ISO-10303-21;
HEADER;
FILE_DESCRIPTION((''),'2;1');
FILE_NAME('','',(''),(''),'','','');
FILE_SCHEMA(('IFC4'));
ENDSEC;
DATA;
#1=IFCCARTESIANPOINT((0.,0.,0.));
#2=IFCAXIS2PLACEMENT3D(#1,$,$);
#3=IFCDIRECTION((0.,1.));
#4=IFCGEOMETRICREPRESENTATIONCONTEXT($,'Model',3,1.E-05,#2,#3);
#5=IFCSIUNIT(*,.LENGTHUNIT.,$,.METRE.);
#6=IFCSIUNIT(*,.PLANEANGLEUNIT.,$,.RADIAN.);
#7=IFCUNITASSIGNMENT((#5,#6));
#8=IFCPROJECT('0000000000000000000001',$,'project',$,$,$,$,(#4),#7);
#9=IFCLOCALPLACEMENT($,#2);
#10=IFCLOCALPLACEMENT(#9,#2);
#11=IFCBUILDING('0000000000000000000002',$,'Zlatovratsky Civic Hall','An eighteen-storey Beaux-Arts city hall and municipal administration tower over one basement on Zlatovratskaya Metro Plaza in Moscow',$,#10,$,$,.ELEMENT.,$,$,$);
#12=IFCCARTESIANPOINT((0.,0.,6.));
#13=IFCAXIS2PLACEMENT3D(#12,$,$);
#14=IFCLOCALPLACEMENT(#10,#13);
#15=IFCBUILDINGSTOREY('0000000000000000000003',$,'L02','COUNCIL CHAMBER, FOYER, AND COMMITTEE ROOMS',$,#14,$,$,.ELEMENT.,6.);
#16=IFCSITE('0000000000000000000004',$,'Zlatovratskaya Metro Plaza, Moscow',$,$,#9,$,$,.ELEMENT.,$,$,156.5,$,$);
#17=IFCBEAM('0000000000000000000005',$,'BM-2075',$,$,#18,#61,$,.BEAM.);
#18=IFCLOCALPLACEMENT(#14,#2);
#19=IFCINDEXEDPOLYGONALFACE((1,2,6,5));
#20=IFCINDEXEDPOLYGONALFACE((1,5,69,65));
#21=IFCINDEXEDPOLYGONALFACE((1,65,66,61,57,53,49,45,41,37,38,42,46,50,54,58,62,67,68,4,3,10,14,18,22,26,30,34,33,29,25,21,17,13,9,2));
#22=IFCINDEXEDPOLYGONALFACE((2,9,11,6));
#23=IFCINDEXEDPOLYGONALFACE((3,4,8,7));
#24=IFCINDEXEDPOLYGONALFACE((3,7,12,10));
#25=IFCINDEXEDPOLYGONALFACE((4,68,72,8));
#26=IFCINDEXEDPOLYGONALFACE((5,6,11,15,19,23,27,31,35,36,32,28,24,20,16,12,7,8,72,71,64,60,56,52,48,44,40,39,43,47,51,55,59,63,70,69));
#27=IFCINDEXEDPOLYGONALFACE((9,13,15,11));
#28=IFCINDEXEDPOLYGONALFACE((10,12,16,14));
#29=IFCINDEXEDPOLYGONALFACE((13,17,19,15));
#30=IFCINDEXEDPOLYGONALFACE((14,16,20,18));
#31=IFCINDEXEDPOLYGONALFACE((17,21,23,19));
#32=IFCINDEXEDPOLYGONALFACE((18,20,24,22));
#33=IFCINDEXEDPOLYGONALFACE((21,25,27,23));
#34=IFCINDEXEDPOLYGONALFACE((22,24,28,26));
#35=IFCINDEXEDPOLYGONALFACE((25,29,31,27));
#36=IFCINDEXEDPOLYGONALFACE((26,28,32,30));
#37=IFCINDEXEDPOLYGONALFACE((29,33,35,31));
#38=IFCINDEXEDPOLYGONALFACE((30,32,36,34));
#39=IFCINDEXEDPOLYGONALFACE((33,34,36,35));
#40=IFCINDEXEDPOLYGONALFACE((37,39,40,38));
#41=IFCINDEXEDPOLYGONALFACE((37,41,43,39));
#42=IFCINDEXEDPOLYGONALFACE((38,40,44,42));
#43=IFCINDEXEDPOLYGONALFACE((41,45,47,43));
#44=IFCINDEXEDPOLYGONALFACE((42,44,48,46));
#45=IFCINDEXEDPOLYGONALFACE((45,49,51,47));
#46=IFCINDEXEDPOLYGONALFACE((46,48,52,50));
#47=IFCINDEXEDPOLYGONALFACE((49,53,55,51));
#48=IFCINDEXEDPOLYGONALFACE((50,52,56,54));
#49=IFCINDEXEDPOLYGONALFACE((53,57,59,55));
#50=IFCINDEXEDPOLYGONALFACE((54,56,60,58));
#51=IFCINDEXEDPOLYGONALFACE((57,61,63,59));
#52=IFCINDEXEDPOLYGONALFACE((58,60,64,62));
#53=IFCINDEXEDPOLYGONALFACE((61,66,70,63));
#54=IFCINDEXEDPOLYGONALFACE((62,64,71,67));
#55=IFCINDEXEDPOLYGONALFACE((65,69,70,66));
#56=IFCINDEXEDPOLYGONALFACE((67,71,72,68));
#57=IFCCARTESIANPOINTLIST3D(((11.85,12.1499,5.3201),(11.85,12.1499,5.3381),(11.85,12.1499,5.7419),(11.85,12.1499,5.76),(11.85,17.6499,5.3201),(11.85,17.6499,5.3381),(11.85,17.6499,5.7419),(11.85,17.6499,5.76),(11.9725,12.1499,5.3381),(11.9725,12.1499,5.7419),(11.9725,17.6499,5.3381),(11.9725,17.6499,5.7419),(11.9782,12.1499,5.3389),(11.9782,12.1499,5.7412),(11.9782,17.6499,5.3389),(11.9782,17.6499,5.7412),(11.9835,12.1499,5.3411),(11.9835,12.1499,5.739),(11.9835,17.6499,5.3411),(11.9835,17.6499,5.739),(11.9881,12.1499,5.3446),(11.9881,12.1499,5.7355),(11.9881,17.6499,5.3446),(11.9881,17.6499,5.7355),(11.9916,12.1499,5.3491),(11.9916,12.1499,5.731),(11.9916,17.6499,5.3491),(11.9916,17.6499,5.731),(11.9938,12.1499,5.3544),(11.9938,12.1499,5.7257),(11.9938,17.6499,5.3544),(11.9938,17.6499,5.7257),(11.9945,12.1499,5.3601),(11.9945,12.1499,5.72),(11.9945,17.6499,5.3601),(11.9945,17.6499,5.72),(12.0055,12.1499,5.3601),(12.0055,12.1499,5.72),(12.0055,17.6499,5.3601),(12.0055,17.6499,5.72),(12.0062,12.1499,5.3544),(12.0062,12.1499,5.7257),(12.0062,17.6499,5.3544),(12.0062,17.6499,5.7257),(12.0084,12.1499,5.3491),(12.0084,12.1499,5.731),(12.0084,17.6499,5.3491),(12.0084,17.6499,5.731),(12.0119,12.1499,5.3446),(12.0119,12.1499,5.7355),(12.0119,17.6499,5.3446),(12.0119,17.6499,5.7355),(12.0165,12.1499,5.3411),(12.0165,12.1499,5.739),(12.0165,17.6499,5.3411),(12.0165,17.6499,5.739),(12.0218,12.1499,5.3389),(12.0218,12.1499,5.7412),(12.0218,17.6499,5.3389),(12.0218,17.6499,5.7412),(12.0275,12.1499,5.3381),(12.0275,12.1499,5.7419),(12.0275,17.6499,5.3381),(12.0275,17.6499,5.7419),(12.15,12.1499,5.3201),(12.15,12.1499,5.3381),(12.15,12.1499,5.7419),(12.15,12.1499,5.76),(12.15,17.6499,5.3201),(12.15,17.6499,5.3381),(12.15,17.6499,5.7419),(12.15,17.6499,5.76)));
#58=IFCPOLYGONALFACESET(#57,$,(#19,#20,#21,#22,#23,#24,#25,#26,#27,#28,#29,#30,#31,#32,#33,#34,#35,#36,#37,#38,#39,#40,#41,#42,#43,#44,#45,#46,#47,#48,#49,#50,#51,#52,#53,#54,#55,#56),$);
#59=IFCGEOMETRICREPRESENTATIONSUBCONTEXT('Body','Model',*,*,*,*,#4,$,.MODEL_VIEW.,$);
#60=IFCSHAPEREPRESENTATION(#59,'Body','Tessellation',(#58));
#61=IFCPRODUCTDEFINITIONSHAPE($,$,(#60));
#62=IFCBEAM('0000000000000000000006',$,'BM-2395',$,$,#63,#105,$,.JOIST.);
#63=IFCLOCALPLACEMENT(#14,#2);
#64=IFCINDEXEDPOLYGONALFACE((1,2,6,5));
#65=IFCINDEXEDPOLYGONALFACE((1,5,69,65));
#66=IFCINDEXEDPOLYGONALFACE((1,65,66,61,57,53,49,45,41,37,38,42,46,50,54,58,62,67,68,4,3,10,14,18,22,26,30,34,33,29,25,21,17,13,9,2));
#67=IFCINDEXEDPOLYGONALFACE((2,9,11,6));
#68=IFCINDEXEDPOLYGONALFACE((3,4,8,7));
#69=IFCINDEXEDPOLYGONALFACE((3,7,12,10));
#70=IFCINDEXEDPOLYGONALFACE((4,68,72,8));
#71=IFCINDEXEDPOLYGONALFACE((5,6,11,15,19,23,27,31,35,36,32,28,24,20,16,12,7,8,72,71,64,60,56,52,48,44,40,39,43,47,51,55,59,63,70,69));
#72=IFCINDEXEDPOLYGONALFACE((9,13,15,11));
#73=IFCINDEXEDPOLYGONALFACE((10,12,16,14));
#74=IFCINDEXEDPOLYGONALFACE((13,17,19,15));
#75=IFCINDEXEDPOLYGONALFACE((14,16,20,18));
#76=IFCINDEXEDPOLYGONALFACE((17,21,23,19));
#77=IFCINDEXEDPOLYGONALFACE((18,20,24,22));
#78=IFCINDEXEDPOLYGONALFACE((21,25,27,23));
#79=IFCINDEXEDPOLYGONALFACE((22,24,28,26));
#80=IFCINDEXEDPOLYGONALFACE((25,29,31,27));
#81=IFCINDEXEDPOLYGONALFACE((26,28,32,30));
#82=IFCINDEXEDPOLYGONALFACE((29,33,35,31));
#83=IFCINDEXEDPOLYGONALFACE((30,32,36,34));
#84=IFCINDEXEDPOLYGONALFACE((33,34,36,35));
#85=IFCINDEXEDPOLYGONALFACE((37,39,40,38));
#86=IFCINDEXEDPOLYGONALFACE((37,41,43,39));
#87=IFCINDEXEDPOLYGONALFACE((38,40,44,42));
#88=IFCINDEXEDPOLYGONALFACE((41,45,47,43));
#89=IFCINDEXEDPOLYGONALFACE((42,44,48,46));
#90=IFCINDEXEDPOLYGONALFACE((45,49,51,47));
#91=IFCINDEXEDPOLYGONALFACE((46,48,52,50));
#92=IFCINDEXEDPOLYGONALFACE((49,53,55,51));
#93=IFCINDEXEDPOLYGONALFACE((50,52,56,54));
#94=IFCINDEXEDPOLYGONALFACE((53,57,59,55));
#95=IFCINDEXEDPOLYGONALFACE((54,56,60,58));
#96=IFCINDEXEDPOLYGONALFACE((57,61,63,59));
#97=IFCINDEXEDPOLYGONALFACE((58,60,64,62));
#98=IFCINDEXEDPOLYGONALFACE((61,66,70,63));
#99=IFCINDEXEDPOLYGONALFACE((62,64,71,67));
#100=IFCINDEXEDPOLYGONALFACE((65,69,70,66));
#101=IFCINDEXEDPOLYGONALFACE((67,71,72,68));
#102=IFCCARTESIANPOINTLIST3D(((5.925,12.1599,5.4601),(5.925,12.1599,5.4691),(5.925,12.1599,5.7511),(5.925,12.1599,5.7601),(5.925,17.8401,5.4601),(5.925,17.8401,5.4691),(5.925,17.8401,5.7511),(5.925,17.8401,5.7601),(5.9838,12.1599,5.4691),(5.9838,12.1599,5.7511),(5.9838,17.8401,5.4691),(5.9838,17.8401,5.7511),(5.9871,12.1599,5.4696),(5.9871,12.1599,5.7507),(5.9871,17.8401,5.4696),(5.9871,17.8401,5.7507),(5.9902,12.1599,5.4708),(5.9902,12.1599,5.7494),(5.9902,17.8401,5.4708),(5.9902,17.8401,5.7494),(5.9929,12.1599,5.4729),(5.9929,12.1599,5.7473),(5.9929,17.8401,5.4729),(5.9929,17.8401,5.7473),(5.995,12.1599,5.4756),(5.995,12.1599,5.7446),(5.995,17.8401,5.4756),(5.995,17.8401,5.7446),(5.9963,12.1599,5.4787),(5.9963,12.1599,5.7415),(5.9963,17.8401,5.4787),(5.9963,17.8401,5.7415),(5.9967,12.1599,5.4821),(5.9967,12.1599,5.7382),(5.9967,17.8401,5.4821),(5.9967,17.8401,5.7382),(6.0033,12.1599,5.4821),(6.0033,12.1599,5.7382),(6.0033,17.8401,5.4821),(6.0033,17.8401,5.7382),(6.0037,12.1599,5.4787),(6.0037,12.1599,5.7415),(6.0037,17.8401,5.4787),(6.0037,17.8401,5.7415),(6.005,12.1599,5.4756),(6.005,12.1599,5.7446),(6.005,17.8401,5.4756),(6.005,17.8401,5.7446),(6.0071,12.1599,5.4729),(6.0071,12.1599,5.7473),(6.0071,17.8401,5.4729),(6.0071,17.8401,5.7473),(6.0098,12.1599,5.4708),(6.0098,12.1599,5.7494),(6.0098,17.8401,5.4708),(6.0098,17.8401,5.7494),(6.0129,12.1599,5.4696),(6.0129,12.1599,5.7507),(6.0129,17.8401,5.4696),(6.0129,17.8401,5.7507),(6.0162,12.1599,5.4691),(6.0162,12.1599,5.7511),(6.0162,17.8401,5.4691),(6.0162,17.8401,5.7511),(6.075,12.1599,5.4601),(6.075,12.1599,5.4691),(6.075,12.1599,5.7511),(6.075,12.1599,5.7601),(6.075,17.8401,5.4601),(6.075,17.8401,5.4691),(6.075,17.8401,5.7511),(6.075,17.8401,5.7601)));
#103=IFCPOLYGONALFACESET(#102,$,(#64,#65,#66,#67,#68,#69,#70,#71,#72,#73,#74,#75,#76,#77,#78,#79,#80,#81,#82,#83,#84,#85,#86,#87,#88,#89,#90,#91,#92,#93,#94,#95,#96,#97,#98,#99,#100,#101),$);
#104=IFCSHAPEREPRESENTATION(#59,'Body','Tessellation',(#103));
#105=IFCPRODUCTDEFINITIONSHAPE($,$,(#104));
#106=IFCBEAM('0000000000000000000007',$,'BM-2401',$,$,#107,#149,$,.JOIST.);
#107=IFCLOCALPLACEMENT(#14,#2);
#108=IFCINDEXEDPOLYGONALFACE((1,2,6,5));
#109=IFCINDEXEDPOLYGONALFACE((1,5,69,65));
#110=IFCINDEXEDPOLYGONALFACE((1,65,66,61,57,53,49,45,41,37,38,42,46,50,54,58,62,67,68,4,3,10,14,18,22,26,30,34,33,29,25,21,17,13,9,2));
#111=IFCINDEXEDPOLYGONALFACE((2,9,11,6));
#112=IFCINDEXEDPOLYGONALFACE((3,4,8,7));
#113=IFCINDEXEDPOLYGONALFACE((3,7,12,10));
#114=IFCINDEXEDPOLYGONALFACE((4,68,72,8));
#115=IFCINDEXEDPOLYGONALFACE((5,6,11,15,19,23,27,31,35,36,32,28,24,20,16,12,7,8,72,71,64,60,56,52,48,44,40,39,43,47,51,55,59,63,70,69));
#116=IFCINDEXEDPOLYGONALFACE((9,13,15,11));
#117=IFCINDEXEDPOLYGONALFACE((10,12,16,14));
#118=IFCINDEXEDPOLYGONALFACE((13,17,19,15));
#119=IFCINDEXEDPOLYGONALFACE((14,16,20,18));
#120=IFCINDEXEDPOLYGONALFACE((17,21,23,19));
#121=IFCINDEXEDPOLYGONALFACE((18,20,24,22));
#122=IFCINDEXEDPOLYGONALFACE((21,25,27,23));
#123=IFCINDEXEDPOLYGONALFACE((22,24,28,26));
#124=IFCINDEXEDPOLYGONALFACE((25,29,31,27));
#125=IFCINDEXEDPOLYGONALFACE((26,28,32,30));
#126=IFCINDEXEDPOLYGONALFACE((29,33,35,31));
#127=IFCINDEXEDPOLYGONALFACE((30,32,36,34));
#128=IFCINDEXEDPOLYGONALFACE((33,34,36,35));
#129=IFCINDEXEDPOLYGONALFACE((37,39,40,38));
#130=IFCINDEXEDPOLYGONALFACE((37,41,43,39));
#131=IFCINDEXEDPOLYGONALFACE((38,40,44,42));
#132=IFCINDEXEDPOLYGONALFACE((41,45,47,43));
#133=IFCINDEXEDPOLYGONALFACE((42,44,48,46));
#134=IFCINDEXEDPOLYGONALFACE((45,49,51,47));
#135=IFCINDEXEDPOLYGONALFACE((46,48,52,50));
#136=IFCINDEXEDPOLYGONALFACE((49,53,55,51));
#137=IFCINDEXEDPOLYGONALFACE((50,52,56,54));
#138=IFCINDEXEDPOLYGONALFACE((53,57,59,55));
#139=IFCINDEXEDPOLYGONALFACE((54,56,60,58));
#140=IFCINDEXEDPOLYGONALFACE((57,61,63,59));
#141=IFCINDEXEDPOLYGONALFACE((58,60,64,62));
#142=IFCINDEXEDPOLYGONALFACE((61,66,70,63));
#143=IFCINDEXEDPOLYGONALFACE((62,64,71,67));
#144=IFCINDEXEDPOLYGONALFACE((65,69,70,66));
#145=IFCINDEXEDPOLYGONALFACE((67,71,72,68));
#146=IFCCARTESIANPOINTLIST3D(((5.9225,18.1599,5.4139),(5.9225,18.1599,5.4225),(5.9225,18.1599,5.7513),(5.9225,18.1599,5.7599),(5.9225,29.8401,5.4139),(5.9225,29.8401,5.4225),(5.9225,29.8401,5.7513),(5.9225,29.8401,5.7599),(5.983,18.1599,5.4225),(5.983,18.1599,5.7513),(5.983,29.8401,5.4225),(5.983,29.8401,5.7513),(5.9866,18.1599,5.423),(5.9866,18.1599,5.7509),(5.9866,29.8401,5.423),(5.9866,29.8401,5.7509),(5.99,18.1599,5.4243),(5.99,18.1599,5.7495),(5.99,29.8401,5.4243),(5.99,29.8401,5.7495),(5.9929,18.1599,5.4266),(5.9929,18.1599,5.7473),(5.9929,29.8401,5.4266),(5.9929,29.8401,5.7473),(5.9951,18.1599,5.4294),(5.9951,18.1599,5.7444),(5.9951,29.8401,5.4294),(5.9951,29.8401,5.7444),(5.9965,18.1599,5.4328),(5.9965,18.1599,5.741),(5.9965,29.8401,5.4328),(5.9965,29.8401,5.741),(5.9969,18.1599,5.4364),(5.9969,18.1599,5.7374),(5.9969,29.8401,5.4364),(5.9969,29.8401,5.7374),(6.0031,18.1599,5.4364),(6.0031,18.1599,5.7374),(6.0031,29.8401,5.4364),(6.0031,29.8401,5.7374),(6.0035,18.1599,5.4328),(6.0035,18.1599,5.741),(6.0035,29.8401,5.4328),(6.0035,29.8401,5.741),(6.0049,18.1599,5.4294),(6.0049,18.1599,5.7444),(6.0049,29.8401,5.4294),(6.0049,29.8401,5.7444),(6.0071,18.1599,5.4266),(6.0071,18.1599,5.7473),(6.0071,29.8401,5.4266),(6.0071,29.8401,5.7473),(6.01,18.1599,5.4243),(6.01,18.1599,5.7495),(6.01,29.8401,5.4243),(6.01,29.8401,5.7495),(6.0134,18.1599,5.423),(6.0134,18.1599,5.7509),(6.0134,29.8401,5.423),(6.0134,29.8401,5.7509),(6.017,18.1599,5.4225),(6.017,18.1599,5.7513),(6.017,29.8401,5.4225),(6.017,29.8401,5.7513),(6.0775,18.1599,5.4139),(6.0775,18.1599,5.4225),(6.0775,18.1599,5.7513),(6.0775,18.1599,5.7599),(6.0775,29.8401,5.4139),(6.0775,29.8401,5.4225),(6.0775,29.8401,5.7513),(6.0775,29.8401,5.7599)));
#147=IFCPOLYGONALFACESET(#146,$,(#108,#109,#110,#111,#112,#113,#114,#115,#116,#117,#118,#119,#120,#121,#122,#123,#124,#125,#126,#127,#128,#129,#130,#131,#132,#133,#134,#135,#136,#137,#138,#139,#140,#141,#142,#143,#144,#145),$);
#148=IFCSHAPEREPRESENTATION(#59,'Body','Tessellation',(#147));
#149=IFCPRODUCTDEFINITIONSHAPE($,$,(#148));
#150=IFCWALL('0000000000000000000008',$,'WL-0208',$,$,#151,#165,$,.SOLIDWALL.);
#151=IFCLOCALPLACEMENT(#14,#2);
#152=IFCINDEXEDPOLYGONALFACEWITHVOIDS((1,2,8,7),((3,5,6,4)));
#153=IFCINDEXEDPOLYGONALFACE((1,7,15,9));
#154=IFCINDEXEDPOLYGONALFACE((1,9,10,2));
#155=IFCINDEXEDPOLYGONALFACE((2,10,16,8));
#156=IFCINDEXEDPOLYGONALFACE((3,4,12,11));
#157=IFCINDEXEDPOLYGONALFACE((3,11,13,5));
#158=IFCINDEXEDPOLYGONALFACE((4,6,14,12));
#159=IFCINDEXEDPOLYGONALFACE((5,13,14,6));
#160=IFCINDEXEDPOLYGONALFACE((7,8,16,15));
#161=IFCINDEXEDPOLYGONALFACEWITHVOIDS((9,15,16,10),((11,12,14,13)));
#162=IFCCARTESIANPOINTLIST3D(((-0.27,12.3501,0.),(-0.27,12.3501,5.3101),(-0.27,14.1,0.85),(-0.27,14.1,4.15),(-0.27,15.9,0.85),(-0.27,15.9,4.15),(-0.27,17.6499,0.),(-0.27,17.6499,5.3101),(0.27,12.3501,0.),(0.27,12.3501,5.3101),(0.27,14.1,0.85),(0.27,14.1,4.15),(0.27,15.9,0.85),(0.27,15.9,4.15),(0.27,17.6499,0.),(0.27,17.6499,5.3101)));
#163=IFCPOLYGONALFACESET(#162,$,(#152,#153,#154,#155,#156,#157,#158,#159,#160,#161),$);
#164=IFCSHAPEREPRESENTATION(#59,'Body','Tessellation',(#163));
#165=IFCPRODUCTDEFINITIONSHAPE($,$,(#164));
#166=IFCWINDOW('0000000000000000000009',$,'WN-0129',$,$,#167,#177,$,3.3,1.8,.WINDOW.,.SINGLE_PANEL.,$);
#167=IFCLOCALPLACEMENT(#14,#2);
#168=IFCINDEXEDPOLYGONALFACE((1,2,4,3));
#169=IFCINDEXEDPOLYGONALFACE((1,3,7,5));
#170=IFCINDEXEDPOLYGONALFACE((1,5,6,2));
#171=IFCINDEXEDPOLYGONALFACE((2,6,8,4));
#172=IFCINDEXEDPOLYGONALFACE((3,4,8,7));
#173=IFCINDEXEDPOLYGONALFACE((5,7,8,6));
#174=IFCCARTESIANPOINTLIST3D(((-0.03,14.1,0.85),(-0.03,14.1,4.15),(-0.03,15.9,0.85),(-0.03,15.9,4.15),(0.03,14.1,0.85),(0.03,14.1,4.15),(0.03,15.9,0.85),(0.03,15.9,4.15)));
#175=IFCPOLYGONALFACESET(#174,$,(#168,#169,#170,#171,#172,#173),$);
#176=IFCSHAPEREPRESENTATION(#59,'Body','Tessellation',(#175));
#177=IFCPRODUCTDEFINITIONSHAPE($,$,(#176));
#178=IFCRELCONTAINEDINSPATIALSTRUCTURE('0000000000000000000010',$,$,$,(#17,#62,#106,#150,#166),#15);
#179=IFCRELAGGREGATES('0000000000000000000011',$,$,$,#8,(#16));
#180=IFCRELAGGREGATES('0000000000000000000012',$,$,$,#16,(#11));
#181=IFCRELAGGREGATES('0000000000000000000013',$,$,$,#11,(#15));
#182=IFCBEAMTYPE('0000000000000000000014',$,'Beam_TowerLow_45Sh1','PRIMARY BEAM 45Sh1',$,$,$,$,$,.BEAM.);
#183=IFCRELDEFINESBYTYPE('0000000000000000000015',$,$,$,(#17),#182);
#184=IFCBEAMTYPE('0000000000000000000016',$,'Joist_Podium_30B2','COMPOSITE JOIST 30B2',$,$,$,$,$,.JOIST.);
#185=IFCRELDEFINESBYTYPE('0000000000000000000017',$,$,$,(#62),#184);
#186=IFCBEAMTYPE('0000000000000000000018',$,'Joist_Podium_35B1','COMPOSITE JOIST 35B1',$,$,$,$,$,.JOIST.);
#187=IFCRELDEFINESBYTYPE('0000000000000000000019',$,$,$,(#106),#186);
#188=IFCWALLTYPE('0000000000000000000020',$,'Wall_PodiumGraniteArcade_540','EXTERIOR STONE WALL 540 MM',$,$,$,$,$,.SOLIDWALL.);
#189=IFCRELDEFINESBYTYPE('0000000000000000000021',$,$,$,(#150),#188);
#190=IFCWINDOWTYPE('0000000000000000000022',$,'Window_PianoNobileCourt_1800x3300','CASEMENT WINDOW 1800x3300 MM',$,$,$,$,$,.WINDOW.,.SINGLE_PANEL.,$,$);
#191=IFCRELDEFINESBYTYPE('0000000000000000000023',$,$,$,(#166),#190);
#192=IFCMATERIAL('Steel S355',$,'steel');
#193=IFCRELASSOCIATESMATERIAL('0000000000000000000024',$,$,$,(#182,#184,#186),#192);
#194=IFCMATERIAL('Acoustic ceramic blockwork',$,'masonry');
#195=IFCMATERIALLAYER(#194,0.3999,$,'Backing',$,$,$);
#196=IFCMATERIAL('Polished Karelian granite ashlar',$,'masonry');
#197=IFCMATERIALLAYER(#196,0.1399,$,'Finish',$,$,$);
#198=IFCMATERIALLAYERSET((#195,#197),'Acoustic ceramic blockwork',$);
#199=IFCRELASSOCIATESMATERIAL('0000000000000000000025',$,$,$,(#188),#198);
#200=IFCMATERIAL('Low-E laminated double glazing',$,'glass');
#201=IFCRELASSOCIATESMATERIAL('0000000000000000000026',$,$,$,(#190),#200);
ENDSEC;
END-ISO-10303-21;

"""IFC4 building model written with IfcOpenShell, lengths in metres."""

from ifc_helpers import new_model, si_unit, direction, frame, frame_2d, origin, origin_2d, place, context, subcontext, project, spatial, rectangle, i_section, extrude, material, layer, layer_set, material_profile, profile_set, type_object, element, fill, save


model = new_model("IFC4")

# Units and contexts
model_context = context("Model", 3, precision=1e-05, world=origin(), true_north=direction((0.0, 1.0)))
body_context = subcontext(model_context, "Body", "Model", "MODEL_VIEW")
ifc_project = project(units=[si_unit("LENGTHUNIT", "METRE"), si_unit("PLANEANGLEUNIT", "RADIAN")], contexts=[model_context])

# Site, building, storey
site_placement = place(None, origin())
site = spatial("IfcSite", under=ifc_project, at=site_placement, Name="Zlatovratskaya Metro Plaza, Moscow", CompositionType="ELEMENT", RefElevation=156.5)
building_placement = place(site_placement, origin())
building = spatial("IfcBuilding", under=site, at=building_placement, Name="Zlatovratsky Civic Hall", Description="An eighteen-storey Beaux-Arts city hall and municipal administration tower over one basement on Zlatovratskaya Metro Plaza in Moscow", CompositionType="ELEMENT")
storey_placement = place(building_placement, frame((0.0, 0.0, 6.0)))
storey = spatial("IfcBuildingStorey", under=building, at=storey_placement, Name="L02", Description="COUNCIL CHAMBER, FOYER, AND COMMITTEE ROOMS", CompositionType="ELEMENT", Elevation=6.0)

# Shared definitions
ifc_material_1 = material(Name="Steel S355", Category="steel")

# Beams
ifc_material_profile_1 = material_profile(ifc_material_1, i_section(OverallWidth=0.3, OverallDepth=0.4399, WebThickness=0.011, FlangeThickness=0.0181, FilletRadius=0.022, at=origin_2d()), Name="45Sh1")
ifc_profile_set_1 = profile_set([ifc_material_profile_1], Name="Steel S355")
beam_type_1 = type_object("IfcBeamType", Name="Beam_TowerLow_45Sh1", Description="PRIMARY BEAM 45Sh1", PredefinedType="BEAM", material=ifc_profile_set_1)
beam_1_placement = place(storey_placement, frame((12.0, 12.1499, 5.54), z_axis=(0.0, 1.0, 0.0), x_axis=(-1.0, 0.0, 0.0)))
element("IfcBeam", 1, at=beam_1_placement, inside=storey, type_object=beam_type_1, Name="BM-2075", PredefinedType="BEAM", context=body_context, shape_type="SweptSolid", body=[
    extrude(i_section(OverallWidth=0.3, OverallDepth=0.4399, WebThickness=0.011, FlangeThickness=0.0181, FilletRadius=0.022, at=origin_2d()), origin(), (0.0, 0.0, 1.0), 5.5),
])
ifc_material_profile_2 = material_profile(ifc_material_1, i_section(OverallWidth=0.1499, OverallDepth=0.3, WebThickness=0.0066, FlangeThickness=0.009, FilletRadius=0.0129, at=origin_2d()), Name="30B2")
ifc_profile_set_2 = profile_set([ifc_material_profile_2], Name="Steel S355")
beam_type_2 = type_object("IfcBeamType", Name="Joist_Podium_30B2", Description="COMPOSITE JOIST 30B2", PredefinedType="JOIST", material=ifc_profile_set_2)
beam_2_placement = place(storey_placement, frame((6.0, 12.1599, 5.6101), z_axis=(0.0, 1.0, 0.0), x_axis=(-1.0, 0.0, 0.0)))
element("IfcBeam", 2, at=beam_2_placement, inside=storey, type_object=beam_type_2, Name="BM-2395", PredefinedType="JOIST", context=body_context, shape_type="SweptSolid", body=[
    extrude(i_section(OverallWidth=0.1499, OverallDepth=0.3, WebThickness=0.0066, FlangeThickness=0.009, FilletRadius=0.0129, at=origin_2d()), origin(), (0.0, 0.0, 1.0), 5.6802),
])
ifc_material_profile_3 = material_profile(ifc_material_1, i_section(OverallWidth=0.155, OverallDepth=0.3459, WebThickness=0.0061, FlangeThickness=0.0085, FilletRadius=0.0139, at=origin_2d()), Name="35B1")
ifc_profile_set_3 = profile_set([ifc_material_profile_3], Name="Steel S355")
beam_type_3 = type_object("IfcBeamType", Name="Joist_Podium_35B1", Description="COMPOSITE JOIST 35B1", PredefinedType="JOIST", material=ifc_profile_set_3)
beam_3_placement = place(storey_placement, frame((6.0, 18.1599, 5.5869), z_axis=(0.0, 1.0, 0.0), x_axis=(-1.0, 0.0, 0.0)))
element("IfcBeam", 3, at=beam_3_placement, inside=storey, type_object=beam_type_3, Name="BM-2401", PredefinedType="JOIST", context=body_context, shape_type="SweptSolid", body=[
    extrude(i_section(OverallWidth=0.155, OverallDepth=0.3459, WebThickness=0.0061, FlangeThickness=0.0085, FilletRadius=0.0139, at=origin_2d()), origin(), (0.0, 0.0, 1.0), 11.6802),
])

# Wall, opening, window
ifc_material_2 = material(Name="Acoustic ceramic blockwork", Category="masonry")
ifc_layer_1 = layer(ifc_material_2, 0.3999, Name="Backing")
ifc_material_3 = material(Name="Polished Karelian granite ashlar", Category="masonry")
ifc_layer_2 = layer(ifc_material_3, 0.1399, Name="Finish")
ifc_layer_set_1 = layer_set([ifc_layer_1, ifc_layer_2], Name="Acoustic ceramic blockwork")
wall_type_1 = type_object("IfcWallType", Name="Wall_PodiumGraniteArcade_540", Description="EXTERIOR STONE WALL 540 MM", PredefinedType="SOLIDWALL", material=ifc_layer_set_1)
wall_1_placement = place(storey_placement, frame((0.0, 12.3501, 0.0), z_axis=(0.0, 0.0, 1.0), x_axis=(0.0, 1.0, 0.0)))
wall_1 = element("IfcWall", 4, at=wall_1_placement, inside=storey, type_object=wall_type_1, Name="WL-0208", PredefinedType="SOLIDWALL", context=body_context, shape_type="SweptSolid", body=[
    extrude(rectangle(XDim=5.2998, YDim=0.54, at=frame_2d((2.6499, 0.0))), origin(), (0.0, 0.0, 1.0), 5.3101),
])
opening_1_placement = place(wall_1_placement, frame((1.75, 0.0, 0.8501)))
opening_1 = element("IfcOpeningElement", 5, at=opening_1_placement, cuts=wall_1, PredefinedType="OPENING", context=body_context, shape_type="SweptSolid", body=[
    extrude(rectangle(XDim=1.8, YDim=3.3, at=frame_2d((0.8999, 1.6499))), frame((0.0, 0.2849, 0.0), z_axis=(0.0, -1.0, 0.0), x_axis=(1.0, 0.0, 0.0)), (0.0, 0.0, 1.0), 0.5698),
])
ifc_material_4 = material(Name="Low-E laminated double glazing", Category="glass")
window_type = type_object("IfcWindowType", Name="Window_PianoNobileCourt_1800x3300", Description="CASEMENT WINDOW 1800x3300 MM", PartitioningType="SINGLE_PANEL", PredefinedType="WINDOW", material=ifc_material_4)
window_1_placement = place(opening_1_placement, origin())
window_1 = element("IfcWindow", 6, at=window_1_placement, inside=storey, type_object=window_type, Name="WN-0129", OverallHeight=3.3, OverallWidth=1.8, PartitioningType="SINGLE_PANEL", PredefinedType="WINDOW", context=body_context, shape_type="SweptSolid", body=[
    extrude(rectangle(XDim=1.8, YDim=3.3, at=frame_2d((0.8999, 1.6499))), frame((0.0, 0.03, 0.0), z_axis=(0.0, -1.0, 0.0), x_axis=(1.0, 0.0, 0.0)), (0.0, 0.0, 1.0), 0.0601),
])
fill(opening_1, window_1)

save(model, "model.ifc")
